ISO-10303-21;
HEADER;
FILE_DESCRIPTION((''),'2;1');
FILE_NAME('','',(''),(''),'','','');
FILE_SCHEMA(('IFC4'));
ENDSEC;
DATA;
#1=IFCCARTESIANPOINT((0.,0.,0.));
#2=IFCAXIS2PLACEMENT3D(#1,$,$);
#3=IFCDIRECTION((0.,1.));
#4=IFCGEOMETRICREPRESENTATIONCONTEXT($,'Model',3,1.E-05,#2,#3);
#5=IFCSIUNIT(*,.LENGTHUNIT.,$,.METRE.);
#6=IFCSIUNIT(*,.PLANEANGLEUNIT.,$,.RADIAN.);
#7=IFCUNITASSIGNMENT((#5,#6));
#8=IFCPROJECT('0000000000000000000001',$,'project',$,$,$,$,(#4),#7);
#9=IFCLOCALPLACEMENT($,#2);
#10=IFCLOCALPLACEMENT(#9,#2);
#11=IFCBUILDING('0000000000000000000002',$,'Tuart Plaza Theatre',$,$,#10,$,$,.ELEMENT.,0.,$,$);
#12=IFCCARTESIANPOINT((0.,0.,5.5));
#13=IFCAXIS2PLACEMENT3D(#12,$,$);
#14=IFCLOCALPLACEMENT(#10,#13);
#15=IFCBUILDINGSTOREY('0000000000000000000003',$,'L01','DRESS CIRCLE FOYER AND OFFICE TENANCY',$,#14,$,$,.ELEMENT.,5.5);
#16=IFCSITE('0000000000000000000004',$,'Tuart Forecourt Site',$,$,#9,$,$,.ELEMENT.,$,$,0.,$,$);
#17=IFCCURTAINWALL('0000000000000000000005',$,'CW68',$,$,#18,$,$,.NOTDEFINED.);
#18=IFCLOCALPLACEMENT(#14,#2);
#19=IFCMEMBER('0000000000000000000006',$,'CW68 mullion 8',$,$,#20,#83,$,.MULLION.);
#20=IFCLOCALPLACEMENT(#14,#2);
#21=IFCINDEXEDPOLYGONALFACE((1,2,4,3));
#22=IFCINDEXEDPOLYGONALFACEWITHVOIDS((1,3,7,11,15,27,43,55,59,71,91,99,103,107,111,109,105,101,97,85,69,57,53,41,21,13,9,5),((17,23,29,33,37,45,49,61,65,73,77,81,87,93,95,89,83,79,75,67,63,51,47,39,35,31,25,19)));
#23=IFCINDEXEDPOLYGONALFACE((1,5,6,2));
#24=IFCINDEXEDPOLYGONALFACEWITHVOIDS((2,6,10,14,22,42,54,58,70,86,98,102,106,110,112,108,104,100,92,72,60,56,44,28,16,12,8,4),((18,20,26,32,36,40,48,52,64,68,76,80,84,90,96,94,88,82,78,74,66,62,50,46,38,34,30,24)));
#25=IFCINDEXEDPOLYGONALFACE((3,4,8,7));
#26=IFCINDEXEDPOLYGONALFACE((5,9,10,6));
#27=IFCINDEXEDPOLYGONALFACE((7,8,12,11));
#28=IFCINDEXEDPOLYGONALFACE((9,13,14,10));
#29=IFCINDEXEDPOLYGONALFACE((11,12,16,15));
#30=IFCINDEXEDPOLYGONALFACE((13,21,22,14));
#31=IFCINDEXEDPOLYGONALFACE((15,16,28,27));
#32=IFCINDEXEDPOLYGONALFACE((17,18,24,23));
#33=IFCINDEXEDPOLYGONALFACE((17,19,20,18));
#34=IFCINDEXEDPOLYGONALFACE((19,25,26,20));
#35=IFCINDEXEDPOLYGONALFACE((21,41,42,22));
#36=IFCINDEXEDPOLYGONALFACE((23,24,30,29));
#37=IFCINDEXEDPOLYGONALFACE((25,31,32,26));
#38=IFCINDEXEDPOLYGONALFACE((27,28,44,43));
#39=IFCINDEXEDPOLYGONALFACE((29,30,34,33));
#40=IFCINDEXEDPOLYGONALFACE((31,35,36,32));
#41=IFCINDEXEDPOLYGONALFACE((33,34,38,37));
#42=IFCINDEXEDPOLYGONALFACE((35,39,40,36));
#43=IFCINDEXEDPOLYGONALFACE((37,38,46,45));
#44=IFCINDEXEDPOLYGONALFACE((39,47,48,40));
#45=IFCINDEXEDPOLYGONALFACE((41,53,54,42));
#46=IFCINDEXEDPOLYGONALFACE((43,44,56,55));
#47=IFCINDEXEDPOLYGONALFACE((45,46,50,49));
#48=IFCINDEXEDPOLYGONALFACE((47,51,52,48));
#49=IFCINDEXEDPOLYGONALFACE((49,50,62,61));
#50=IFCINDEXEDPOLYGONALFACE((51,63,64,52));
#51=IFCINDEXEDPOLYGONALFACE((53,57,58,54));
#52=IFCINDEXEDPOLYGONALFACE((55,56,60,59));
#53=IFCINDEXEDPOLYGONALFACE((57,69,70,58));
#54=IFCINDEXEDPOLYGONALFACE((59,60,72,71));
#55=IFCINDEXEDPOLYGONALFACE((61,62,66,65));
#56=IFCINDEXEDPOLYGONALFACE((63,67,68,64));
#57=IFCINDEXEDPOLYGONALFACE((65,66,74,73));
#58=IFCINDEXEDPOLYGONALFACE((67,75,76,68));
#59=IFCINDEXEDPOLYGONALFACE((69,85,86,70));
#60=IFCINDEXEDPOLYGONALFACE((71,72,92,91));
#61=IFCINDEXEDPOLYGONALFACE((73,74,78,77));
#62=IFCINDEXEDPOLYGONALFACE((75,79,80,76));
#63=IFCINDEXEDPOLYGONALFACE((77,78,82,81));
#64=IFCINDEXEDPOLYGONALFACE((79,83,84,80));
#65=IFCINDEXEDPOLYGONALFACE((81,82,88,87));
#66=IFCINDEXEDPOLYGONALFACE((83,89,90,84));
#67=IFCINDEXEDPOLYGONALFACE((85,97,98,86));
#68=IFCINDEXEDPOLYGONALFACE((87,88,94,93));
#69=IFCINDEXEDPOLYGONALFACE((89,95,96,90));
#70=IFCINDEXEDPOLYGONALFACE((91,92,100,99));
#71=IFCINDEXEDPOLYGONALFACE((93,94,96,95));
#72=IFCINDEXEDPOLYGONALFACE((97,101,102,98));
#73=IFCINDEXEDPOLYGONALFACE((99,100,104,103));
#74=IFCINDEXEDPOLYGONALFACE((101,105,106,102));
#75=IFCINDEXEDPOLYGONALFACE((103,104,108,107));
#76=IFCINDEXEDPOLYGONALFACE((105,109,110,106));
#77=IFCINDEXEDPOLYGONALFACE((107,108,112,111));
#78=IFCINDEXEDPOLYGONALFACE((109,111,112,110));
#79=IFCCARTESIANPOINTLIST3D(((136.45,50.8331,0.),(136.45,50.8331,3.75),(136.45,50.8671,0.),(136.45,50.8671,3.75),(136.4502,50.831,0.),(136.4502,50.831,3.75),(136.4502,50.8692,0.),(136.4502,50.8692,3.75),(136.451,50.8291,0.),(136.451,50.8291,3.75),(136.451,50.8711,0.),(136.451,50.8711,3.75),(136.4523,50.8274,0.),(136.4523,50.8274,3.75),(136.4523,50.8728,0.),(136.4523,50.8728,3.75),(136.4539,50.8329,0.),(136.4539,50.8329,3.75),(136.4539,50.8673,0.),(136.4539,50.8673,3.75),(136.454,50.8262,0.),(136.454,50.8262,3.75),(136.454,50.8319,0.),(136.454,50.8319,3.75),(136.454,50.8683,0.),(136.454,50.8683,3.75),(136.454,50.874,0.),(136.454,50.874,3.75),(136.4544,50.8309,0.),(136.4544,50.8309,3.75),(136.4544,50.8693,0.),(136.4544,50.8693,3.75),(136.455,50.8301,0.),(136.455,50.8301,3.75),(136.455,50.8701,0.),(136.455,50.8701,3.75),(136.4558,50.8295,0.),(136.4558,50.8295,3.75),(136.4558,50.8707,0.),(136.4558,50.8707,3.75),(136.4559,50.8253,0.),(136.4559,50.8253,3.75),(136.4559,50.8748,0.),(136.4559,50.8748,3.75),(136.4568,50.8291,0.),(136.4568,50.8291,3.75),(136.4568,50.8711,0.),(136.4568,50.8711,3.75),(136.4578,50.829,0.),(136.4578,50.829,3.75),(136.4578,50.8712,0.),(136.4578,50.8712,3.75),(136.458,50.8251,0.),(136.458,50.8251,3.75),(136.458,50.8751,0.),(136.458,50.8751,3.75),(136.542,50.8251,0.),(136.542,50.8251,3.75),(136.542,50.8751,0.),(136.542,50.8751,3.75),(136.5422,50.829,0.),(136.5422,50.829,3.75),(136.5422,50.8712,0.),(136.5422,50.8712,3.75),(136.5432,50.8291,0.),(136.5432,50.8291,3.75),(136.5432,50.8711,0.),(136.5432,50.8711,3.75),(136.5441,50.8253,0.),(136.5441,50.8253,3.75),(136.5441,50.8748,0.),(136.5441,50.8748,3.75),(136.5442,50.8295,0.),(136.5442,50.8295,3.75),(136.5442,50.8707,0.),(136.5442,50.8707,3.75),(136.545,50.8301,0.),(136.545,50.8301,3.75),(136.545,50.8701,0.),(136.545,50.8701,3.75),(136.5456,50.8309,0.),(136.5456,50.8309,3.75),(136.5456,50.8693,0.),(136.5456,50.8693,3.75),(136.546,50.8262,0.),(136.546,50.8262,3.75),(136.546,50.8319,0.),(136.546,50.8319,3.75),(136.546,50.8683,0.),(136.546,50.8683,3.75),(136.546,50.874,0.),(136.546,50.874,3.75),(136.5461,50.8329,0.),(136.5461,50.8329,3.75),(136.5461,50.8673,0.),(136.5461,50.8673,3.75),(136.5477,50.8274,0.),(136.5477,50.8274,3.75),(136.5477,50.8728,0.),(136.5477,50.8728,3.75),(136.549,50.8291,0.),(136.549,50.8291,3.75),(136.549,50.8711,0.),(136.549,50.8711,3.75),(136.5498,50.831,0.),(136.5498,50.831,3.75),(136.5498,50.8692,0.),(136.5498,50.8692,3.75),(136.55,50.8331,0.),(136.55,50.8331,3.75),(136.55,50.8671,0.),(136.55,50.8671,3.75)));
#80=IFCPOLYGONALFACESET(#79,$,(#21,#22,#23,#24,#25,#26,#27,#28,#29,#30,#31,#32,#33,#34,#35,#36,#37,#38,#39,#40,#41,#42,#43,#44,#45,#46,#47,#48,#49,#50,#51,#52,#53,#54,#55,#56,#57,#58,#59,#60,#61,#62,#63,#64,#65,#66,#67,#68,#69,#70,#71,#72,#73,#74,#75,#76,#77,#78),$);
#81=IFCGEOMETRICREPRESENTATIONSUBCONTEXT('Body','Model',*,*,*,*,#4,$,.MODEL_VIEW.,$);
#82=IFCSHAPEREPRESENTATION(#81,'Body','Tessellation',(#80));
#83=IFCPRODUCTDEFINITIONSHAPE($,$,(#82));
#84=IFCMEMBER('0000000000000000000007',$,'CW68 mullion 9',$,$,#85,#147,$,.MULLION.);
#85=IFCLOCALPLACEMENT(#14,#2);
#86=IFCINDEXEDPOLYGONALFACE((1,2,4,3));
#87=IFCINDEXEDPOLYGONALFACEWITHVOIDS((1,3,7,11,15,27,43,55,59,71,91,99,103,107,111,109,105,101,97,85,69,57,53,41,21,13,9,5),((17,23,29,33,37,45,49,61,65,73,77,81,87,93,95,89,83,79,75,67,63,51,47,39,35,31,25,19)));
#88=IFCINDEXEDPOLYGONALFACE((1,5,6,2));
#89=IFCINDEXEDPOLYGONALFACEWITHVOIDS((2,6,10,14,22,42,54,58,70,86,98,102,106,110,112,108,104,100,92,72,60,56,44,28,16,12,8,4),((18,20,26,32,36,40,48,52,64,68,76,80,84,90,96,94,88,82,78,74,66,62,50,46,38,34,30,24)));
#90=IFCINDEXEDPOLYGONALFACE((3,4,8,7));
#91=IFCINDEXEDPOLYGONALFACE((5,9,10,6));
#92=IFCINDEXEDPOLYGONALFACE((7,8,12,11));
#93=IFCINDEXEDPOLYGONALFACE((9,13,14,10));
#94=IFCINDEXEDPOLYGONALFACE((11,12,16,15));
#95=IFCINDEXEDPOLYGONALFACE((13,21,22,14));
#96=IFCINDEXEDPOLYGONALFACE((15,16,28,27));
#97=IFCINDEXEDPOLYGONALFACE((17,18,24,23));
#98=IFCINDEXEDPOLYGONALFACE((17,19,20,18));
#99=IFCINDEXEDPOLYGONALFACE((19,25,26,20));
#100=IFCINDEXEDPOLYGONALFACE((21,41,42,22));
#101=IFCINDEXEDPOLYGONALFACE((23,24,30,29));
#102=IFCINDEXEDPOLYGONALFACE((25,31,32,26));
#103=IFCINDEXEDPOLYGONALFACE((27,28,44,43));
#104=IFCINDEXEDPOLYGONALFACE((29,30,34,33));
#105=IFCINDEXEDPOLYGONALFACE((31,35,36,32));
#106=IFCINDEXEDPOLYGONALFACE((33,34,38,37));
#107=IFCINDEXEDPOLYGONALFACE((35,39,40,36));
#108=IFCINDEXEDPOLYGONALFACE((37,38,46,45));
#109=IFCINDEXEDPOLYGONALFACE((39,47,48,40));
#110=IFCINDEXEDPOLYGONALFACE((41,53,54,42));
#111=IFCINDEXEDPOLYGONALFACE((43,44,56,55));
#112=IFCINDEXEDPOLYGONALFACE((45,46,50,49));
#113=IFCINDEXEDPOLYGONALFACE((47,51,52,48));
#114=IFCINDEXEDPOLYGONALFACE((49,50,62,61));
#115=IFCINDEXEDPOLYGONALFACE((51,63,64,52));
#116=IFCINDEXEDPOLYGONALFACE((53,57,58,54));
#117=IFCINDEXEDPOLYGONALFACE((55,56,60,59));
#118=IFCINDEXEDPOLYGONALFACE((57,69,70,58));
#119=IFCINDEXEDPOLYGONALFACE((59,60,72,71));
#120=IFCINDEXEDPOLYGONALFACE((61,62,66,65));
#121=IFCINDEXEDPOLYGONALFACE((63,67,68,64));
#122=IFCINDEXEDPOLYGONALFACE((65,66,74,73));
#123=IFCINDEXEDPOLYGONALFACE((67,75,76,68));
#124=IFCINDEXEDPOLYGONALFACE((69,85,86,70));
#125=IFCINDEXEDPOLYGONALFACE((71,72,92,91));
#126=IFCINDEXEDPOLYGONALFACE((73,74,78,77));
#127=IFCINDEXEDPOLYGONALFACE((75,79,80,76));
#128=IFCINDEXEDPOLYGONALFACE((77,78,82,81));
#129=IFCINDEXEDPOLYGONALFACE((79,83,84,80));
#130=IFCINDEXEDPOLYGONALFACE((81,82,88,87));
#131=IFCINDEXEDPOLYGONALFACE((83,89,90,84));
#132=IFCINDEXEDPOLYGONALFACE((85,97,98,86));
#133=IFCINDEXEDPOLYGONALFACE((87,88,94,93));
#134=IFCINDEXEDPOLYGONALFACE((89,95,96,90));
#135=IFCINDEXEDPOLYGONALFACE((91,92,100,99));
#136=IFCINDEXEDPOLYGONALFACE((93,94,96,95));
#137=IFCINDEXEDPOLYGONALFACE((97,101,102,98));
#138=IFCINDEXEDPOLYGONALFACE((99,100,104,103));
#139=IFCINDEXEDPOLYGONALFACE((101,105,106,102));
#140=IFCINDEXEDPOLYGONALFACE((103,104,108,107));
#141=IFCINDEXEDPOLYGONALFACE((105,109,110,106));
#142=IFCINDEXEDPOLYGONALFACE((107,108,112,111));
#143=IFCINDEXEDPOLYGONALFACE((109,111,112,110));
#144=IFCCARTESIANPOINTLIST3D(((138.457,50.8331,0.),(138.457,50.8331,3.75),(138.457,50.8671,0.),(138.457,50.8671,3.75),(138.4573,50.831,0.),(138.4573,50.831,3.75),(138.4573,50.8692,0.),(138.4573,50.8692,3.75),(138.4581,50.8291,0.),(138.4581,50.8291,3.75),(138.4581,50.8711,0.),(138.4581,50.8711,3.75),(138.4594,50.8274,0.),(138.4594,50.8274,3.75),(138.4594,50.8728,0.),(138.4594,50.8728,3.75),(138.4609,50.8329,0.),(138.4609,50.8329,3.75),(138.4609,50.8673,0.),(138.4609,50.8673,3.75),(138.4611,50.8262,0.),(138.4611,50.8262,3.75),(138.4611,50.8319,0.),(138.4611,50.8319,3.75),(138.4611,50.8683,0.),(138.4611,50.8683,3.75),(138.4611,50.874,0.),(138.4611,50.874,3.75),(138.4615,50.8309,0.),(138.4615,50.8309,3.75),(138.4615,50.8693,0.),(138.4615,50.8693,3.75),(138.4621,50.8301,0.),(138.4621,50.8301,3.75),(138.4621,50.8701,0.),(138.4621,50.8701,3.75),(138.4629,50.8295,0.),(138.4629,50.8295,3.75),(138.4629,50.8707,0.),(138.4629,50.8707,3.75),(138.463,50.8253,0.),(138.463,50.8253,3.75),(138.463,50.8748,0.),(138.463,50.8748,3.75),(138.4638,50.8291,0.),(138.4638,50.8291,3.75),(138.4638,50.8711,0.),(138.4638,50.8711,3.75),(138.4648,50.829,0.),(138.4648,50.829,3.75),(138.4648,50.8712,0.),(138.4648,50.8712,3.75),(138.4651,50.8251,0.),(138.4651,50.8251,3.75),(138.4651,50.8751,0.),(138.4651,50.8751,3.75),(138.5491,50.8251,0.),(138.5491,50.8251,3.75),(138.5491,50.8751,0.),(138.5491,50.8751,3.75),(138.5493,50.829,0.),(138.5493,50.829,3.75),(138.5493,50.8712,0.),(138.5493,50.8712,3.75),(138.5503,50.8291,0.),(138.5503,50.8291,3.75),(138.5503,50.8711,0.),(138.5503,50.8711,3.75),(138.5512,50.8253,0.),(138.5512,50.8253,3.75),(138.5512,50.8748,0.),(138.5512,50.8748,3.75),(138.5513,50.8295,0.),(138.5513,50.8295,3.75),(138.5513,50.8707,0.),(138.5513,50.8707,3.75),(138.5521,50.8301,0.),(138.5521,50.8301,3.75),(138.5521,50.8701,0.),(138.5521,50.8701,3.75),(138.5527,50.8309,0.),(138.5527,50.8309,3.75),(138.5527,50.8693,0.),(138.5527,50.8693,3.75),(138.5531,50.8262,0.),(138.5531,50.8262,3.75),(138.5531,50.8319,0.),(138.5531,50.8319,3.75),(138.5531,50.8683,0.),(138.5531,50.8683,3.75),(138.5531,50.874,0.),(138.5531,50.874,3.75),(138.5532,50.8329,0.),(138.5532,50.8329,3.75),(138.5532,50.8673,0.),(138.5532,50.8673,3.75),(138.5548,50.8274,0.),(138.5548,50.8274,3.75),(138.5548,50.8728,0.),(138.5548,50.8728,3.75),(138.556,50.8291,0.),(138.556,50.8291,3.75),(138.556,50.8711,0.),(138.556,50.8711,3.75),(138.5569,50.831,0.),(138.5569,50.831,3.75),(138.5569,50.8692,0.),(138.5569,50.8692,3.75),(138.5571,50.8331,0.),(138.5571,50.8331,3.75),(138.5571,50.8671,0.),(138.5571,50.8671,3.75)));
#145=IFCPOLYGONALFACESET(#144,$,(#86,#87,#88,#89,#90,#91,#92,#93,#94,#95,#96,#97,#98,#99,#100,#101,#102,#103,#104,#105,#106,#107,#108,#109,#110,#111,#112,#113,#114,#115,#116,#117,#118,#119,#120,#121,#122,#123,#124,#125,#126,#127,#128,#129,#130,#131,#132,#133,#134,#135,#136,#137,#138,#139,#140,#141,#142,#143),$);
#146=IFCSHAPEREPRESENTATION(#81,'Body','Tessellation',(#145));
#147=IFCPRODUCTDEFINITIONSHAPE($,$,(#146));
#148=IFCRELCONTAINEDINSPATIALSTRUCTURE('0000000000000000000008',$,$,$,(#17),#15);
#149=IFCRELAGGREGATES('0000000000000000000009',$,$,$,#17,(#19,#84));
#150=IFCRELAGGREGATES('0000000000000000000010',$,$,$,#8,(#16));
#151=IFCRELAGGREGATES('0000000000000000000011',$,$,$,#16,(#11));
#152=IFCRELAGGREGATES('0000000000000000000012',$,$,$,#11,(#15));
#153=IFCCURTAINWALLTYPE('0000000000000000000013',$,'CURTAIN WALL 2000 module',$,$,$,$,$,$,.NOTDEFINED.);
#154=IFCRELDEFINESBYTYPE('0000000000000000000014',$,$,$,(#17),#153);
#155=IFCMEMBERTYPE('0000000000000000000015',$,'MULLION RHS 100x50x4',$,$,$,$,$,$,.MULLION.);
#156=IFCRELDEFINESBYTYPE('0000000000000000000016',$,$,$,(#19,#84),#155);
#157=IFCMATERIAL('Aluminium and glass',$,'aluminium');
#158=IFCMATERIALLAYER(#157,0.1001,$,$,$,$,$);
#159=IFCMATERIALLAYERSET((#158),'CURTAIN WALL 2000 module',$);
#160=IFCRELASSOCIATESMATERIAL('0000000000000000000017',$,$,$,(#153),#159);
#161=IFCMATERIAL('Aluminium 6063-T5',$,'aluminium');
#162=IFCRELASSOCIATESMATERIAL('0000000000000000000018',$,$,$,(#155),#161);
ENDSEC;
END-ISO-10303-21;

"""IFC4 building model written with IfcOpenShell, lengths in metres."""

from ifc_helpers import new_model, si_unit, direction, frame, origin, origin_2d, place, context, subcontext, project, spatial, hollow_rectangle, extrude, material, layer, layer_set, material_profile, profile_set, type_object, element, aggregate, save


model = new_model("IFC4")

# Units and contexts
model_context = context("Model", 3, precision=1e-05, world=origin(), true_north=direction((0.0, 1.0)))
body_context = subcontext(model_context, "Body", "Model", "MODEL_VIEW")
ifc_project = project(units=[si_unit("LENGTHUNIT", "METRE"), si_unit("PLANEANGLEUNIT", "RADIAN")], contexts=[model_context])

# Site, building, storey
site_placement = place(None, origin())
site = spatial("IfcSite", under=ifc_project, at=site_placement, Name="Tuart Forecourt Site", CompositionType="ELEMENT", RefElevation=0.0)
building_placement = place(site_placement, origin())
building = spatial("IfcBuilding", under=site, at=building_placement, Name="Tuart Plaza Theatre", CompositionType="ELEMENT", ElevationOfRefHeight=0.0)
storey_placement = place(building_placement, frame((0.0, 0.0, 5.5)))
storey = spatial("IfcBuildingStorey", under=building, at=storey_placement, Name="L01", Description="DRESS CIRCLE FOYER AND OFFICE TENANCY", CompositionType="ELEMENT", Elevation=5.5)

# Curtain wall, members
ifc_material_1 = material(Name="Aluminium and glass", Category="aluminium")
ifc_layer_1 = layer(ifc_material_1, 0.1001)
ifc_layer_set_1 = layer_set([ifc_layer_1], Name="CURTAIN WALL 2000 module")
curtain_wall_type = type_object("IfcCurtainWallType", Name="CURTAIN WALL 2000 module", PredefinedType="NOTDEFINED", material=ifc_layer_set_1)
curtain_wall_placement = place(storey_placement, origin())
curtain_wall = element("IfcCurtainWall", 1, at=curtain_wall_placement, inside=storey, type_object=curtain_wall_type, Name="CW68", PredefinedType="NOTDEFINED")
ifc_material_2 = material(Name="Aluminium 6063-T5", Category="aluminium")
ifc_material_profile_1 = material_profile(ifc_material_2, hollow_rectangle(XDim=0.05, YDim=0.1001, WallThickness=0.0039, InnerFilletRadius=0.0039, OuterFilletRadius=0.0081, at=origin_2d()), Name="RHS 100x50x4")
ifc_profile_set_1 = profile_set([ifc_material_profile_1], Name="Aluminium 6063-T5")
member_type_1 = type_object("IfcMemberType", Name="MULLION RHS 100x50x4", PredefinedType="MULLION", material=ifc_profile_set_1)
member_1_placement = place(storey_placement, frame((136.5, 50.8501, 0.0), z_axis=(0.0, 0.0, 1.0), x_axis=(0.0, 1.0, 0.0)))
member_1 = element("IfcMember", 2, at=member_1_placement, type_object=member_type_1, Name="CW68 mullion 8", PredefinedType="MULLION", context=body_context, shape_type="SweptSolid", body=[
    extrude(hollow_rectangle(XDim=0.05, YDim=0.1001, WallThickness=0.0039, InnerFilletRadius=0.0039, OuterFilletRadius=0.0081, at=origin_2d()), origin(), (0.0, 0.0, 1.0), 3.75),
])
member_2_placement = place(storey_placement, frame((138.5071, 50.8501, 0.0), z_axis=(0.0, 0.0, 1.0), x_axis=(0.0, 1.0, 0.0)))
member_2 = element("IfcMember", 3, at=member_2_placement, type_object=member_type_1, Name="CW68 mullion 9", PredefinedType="MULLION", context=body_context, shape_type="SweptSolid", body=[
    extrude(hollow_rectangle(XDim=0.05, YDim=0.1001, WallThickness=0.0039, InnerFilletRadius=0.0039, OuterFilletRadius=0.0081, at=origin_2d()), origin(), (0.0, 0.0, 1.0), 3.75),
])
aggregate(curtain_wall, [member_1, member_2])

save(model, "model.ifc")
